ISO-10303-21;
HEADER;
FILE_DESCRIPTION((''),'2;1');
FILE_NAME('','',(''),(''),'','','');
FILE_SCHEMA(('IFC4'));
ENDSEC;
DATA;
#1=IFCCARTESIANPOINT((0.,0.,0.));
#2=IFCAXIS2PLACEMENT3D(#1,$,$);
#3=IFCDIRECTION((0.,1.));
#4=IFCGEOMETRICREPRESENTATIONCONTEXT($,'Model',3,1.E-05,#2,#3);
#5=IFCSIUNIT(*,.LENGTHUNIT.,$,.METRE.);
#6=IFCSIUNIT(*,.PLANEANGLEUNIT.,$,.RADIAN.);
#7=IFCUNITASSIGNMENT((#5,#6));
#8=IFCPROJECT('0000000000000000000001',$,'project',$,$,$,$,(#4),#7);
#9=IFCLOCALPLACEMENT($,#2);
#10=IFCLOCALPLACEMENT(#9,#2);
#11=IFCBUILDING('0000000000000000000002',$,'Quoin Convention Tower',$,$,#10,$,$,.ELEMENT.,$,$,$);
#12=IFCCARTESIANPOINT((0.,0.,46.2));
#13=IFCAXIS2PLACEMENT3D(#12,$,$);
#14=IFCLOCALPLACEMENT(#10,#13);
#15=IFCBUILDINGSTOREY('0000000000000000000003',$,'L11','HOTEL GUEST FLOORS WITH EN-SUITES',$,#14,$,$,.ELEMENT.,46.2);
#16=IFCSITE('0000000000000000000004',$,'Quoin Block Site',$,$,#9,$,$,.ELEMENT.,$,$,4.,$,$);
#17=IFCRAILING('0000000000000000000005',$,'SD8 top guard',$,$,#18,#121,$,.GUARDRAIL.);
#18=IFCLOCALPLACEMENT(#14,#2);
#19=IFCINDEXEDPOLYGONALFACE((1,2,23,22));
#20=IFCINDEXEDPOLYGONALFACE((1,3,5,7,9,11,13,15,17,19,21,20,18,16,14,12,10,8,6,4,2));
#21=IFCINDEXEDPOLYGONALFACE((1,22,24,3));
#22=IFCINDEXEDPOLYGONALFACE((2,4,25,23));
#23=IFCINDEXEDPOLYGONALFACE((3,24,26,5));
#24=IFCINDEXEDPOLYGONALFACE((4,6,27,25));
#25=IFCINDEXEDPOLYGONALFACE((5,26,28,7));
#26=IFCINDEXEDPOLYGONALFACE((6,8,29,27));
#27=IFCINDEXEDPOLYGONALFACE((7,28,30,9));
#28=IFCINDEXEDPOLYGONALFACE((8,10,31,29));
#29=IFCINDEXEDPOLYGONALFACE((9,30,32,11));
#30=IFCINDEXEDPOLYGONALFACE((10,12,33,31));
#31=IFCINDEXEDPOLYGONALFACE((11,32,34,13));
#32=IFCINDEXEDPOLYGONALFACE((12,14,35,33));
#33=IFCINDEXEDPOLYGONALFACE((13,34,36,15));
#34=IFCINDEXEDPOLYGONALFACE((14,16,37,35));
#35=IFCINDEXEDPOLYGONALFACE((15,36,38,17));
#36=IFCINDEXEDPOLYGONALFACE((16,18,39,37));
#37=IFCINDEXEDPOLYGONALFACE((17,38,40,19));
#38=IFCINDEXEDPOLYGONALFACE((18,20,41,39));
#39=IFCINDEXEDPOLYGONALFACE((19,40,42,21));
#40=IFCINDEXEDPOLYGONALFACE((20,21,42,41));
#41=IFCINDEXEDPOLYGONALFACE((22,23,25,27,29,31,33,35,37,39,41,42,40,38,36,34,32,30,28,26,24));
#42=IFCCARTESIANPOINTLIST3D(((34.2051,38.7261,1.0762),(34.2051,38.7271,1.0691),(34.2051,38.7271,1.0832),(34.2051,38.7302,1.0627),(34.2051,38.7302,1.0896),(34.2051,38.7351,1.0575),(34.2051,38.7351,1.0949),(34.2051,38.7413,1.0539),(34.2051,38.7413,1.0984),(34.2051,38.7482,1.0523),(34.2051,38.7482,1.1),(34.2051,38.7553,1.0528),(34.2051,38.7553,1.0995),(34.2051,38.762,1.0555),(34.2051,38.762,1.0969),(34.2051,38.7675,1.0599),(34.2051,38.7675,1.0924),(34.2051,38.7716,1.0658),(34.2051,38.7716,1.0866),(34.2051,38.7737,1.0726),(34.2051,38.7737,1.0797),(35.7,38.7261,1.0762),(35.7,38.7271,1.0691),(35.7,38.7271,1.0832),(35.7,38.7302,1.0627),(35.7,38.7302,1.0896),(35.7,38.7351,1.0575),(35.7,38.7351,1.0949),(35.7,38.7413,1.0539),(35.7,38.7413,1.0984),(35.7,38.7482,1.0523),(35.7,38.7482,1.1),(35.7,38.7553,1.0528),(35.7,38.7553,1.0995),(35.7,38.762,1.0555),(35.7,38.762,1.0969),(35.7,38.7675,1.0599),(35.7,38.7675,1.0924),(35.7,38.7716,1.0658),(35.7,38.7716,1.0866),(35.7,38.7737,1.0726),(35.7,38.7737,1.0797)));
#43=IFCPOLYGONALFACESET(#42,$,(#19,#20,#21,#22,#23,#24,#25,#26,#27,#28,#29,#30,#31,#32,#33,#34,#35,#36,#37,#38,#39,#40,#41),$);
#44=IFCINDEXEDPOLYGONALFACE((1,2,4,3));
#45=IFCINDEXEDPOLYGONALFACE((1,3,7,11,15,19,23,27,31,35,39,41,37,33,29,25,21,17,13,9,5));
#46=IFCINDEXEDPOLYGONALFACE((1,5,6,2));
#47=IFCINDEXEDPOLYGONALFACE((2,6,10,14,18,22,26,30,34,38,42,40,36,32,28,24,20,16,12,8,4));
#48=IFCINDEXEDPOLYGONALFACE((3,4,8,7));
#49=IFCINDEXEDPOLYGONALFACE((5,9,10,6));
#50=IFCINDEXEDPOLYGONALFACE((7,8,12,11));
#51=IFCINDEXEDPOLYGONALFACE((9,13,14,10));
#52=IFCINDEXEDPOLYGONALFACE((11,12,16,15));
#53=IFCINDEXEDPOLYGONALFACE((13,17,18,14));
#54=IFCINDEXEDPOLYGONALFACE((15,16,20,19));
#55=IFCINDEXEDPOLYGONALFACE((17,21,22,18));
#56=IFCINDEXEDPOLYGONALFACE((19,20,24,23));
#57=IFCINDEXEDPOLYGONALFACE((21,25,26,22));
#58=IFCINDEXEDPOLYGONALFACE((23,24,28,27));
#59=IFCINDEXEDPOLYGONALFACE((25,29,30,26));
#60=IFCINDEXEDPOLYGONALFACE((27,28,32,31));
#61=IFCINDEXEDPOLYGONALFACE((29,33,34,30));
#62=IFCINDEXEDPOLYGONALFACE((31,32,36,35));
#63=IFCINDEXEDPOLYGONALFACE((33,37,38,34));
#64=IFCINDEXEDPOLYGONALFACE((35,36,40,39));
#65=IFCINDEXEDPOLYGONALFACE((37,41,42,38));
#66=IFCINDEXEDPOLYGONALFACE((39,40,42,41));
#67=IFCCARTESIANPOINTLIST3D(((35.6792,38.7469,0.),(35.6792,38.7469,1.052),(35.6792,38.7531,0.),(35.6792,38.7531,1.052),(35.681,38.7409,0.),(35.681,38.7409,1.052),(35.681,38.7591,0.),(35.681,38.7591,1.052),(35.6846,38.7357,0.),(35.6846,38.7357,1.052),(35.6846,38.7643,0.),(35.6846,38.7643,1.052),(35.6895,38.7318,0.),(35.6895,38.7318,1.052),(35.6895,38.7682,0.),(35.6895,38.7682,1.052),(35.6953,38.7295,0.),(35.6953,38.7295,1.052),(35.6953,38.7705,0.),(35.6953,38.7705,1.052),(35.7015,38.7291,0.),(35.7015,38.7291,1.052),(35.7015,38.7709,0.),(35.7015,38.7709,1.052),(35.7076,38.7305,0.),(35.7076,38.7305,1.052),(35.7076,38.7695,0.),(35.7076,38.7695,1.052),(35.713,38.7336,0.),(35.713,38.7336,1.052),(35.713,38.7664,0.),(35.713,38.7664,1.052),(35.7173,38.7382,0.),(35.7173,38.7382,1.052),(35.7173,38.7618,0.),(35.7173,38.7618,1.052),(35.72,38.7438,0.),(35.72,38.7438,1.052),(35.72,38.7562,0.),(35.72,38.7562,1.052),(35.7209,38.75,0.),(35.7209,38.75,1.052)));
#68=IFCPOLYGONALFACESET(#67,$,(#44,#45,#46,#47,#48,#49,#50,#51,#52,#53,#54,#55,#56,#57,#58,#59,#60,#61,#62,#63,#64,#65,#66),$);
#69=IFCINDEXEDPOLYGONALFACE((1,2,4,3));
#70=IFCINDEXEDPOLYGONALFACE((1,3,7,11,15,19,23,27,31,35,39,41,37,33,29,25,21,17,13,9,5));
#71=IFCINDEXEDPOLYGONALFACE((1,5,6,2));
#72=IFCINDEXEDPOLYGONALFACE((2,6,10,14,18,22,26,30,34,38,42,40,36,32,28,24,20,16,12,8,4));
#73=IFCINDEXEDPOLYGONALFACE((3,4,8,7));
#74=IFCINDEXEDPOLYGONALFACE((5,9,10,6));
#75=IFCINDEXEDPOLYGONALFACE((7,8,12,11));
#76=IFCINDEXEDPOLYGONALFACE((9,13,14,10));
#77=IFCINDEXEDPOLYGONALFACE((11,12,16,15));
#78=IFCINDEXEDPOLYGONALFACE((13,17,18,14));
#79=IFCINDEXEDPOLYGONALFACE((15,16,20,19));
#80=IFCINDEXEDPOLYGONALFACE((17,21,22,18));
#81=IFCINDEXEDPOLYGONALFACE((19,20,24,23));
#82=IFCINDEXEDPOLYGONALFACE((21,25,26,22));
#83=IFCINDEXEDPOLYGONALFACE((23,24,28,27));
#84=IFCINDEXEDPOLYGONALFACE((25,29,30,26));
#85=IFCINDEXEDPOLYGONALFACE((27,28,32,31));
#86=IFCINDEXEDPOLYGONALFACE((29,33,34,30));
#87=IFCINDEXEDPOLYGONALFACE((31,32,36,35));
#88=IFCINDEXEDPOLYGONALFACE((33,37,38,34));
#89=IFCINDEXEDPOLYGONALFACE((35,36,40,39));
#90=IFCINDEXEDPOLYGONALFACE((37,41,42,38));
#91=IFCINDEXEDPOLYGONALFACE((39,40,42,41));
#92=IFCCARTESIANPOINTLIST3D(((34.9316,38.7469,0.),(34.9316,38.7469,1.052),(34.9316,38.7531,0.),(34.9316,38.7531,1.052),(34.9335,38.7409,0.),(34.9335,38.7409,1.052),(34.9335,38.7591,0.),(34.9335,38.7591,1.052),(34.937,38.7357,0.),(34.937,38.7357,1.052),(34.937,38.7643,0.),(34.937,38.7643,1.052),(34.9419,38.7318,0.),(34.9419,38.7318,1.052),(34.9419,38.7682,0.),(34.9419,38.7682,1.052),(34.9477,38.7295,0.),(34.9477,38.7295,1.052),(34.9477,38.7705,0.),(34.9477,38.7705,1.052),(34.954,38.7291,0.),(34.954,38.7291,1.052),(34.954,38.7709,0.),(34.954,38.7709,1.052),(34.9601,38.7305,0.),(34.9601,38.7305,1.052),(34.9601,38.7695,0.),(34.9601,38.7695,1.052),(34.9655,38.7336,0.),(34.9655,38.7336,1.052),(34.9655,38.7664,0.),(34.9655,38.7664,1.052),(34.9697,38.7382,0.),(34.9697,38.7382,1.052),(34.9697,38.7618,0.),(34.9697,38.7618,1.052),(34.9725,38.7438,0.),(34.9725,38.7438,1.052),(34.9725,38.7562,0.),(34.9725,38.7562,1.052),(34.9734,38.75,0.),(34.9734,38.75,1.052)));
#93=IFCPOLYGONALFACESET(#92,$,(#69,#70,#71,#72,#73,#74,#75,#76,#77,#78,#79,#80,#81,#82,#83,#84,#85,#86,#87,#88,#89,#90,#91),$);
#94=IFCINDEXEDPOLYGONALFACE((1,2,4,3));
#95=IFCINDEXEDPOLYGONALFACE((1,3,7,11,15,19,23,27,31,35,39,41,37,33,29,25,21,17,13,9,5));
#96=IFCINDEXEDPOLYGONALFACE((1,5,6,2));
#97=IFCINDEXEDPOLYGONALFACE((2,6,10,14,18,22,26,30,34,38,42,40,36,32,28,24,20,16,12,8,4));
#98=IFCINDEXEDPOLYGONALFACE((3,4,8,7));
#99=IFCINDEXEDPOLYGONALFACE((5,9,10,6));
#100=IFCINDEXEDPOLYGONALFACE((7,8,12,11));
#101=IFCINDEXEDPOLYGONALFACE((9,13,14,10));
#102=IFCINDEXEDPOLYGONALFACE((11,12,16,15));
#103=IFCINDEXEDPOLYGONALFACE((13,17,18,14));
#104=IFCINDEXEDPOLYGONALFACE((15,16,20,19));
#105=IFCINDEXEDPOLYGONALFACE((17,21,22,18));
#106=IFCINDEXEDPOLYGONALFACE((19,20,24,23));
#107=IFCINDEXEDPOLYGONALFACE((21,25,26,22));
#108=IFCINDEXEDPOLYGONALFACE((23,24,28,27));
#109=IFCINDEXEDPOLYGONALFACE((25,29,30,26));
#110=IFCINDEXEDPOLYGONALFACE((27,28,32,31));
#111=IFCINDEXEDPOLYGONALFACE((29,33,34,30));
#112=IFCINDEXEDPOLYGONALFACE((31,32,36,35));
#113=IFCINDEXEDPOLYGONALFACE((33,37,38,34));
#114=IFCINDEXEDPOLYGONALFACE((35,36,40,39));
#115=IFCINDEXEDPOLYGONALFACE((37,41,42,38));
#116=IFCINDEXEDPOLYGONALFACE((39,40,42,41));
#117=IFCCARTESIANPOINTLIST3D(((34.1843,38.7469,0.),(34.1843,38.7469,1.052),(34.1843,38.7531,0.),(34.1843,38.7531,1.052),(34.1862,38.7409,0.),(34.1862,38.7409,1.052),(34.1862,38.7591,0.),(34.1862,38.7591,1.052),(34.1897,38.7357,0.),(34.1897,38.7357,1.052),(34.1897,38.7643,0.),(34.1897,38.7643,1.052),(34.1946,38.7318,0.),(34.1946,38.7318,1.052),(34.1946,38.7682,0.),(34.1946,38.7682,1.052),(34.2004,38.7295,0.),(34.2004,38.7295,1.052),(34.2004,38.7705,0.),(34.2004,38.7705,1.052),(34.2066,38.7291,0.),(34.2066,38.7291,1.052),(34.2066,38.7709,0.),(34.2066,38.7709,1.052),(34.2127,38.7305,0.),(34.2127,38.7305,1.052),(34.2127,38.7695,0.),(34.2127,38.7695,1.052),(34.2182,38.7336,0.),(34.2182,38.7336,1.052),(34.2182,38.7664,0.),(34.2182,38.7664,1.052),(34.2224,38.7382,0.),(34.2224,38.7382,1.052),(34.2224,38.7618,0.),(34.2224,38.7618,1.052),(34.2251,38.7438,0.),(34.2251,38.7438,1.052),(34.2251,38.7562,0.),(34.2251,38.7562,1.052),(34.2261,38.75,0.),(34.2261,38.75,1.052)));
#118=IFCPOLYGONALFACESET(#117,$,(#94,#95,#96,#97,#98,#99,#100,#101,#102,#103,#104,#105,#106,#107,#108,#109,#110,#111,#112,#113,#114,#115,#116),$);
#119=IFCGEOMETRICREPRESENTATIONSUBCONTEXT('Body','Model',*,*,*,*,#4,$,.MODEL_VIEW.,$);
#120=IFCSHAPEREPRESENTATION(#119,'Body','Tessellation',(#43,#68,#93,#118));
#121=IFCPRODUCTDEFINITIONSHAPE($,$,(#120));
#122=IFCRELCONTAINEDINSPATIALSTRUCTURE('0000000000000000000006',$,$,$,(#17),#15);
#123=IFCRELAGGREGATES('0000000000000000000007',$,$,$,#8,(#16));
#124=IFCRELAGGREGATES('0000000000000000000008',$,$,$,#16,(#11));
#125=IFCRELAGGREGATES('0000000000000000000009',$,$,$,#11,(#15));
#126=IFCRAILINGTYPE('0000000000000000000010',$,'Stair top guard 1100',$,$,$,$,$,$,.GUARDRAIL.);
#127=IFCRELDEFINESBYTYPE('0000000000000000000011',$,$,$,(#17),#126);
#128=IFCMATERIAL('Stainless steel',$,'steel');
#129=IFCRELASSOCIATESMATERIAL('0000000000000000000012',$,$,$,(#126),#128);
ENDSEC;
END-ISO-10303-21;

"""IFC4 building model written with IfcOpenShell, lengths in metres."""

from ifc_helpers import new_model, si_unit, direction, frame, origin, origin_2d, place, context, subcontext, project, spatial, circle, extrude, material, type_object, element, save


model = new_model("IFC4")

# Units and contexts
model_context = context("Model", 3, precision=1e-05, world=origin(), true_north=direction((0.0, 1.0)))
body_context = subcontext(model_context, "Body", "Model", "MODEL_VIEW")
ifc_project = project(units=[si_unit("LENGTHUNIT", "METRE"), si_unit("PLANEANGLEUNIT", "RADIAN")], contexts=[model_context])

# Site, building, storey
site_placement = place(None, origin())
site = spatial("IfcSite", under=ifc_project, at=site_placement, Name="Quoin Block Site", CompositionType="ELEMENT", RefElevation=4.0)
building_placement = place(site_placement, origin())
building = spatial("IfcBuilding", under=site, at=building_placement, Name="Quoin Convention Tower", CompositionType="ELEMENT")
storey_placement = place(building_placement, frame((0.0, 0.0, 46.2)))
storey = spatial("IfcBuildingStorey", under=building, at=storey_placement, Name="L11", Description="HOTEL GUEST FLOORS WITH EN-SUITES", CompositionType="ELEMENT", Elevation=46.2)

# Railing
ifc_material_1 = material(Name="Stainless steel", Category="steel")
railing_type_1 = type_object("IfcRailingType", Name="Stair top guard 1100", PredefinedType="GUARDRAIL", material=ifc_material_1)
railing_1_placement = place(storey_placement, frame((35.7, 38.75, 0.0)))
element("IfcRailing", 1, at=railing_1_placement, inside=storey, type_object=railing_type_1, Name="SD8 top guard", PredefinedType="GUARDRAIL", context=body_context, shape_type="SweptSolid", body=[
    extrude(circle(Radius=0.0239, at=origin_2d()), frame((0.0, 0.0, 1.0762), z_axis=(-1.0, 0.0, 0.0), x_axis=(0.0, -1.0, 0.0)), (0.0, 0.0, 1.0), 1.4949),
    extrude(circle(Radius=0.021, at=origin_2d()), origin(), (0.0, 0.0, 1.0), 1.052),
    extrude(circle(Radius=0.021, at=origin_2d()), frame((-0.7476, 0.0, 0.0)), (0.0, 0.0, 1.0), 1.052),
    extrude(circle(Radius=0.021, at=origin_2d()), frame((-1.4949, 0.0, 0.0)), (0.0, 0.0, 1.0), 1.052),
])

save(model, "model.ifc")
